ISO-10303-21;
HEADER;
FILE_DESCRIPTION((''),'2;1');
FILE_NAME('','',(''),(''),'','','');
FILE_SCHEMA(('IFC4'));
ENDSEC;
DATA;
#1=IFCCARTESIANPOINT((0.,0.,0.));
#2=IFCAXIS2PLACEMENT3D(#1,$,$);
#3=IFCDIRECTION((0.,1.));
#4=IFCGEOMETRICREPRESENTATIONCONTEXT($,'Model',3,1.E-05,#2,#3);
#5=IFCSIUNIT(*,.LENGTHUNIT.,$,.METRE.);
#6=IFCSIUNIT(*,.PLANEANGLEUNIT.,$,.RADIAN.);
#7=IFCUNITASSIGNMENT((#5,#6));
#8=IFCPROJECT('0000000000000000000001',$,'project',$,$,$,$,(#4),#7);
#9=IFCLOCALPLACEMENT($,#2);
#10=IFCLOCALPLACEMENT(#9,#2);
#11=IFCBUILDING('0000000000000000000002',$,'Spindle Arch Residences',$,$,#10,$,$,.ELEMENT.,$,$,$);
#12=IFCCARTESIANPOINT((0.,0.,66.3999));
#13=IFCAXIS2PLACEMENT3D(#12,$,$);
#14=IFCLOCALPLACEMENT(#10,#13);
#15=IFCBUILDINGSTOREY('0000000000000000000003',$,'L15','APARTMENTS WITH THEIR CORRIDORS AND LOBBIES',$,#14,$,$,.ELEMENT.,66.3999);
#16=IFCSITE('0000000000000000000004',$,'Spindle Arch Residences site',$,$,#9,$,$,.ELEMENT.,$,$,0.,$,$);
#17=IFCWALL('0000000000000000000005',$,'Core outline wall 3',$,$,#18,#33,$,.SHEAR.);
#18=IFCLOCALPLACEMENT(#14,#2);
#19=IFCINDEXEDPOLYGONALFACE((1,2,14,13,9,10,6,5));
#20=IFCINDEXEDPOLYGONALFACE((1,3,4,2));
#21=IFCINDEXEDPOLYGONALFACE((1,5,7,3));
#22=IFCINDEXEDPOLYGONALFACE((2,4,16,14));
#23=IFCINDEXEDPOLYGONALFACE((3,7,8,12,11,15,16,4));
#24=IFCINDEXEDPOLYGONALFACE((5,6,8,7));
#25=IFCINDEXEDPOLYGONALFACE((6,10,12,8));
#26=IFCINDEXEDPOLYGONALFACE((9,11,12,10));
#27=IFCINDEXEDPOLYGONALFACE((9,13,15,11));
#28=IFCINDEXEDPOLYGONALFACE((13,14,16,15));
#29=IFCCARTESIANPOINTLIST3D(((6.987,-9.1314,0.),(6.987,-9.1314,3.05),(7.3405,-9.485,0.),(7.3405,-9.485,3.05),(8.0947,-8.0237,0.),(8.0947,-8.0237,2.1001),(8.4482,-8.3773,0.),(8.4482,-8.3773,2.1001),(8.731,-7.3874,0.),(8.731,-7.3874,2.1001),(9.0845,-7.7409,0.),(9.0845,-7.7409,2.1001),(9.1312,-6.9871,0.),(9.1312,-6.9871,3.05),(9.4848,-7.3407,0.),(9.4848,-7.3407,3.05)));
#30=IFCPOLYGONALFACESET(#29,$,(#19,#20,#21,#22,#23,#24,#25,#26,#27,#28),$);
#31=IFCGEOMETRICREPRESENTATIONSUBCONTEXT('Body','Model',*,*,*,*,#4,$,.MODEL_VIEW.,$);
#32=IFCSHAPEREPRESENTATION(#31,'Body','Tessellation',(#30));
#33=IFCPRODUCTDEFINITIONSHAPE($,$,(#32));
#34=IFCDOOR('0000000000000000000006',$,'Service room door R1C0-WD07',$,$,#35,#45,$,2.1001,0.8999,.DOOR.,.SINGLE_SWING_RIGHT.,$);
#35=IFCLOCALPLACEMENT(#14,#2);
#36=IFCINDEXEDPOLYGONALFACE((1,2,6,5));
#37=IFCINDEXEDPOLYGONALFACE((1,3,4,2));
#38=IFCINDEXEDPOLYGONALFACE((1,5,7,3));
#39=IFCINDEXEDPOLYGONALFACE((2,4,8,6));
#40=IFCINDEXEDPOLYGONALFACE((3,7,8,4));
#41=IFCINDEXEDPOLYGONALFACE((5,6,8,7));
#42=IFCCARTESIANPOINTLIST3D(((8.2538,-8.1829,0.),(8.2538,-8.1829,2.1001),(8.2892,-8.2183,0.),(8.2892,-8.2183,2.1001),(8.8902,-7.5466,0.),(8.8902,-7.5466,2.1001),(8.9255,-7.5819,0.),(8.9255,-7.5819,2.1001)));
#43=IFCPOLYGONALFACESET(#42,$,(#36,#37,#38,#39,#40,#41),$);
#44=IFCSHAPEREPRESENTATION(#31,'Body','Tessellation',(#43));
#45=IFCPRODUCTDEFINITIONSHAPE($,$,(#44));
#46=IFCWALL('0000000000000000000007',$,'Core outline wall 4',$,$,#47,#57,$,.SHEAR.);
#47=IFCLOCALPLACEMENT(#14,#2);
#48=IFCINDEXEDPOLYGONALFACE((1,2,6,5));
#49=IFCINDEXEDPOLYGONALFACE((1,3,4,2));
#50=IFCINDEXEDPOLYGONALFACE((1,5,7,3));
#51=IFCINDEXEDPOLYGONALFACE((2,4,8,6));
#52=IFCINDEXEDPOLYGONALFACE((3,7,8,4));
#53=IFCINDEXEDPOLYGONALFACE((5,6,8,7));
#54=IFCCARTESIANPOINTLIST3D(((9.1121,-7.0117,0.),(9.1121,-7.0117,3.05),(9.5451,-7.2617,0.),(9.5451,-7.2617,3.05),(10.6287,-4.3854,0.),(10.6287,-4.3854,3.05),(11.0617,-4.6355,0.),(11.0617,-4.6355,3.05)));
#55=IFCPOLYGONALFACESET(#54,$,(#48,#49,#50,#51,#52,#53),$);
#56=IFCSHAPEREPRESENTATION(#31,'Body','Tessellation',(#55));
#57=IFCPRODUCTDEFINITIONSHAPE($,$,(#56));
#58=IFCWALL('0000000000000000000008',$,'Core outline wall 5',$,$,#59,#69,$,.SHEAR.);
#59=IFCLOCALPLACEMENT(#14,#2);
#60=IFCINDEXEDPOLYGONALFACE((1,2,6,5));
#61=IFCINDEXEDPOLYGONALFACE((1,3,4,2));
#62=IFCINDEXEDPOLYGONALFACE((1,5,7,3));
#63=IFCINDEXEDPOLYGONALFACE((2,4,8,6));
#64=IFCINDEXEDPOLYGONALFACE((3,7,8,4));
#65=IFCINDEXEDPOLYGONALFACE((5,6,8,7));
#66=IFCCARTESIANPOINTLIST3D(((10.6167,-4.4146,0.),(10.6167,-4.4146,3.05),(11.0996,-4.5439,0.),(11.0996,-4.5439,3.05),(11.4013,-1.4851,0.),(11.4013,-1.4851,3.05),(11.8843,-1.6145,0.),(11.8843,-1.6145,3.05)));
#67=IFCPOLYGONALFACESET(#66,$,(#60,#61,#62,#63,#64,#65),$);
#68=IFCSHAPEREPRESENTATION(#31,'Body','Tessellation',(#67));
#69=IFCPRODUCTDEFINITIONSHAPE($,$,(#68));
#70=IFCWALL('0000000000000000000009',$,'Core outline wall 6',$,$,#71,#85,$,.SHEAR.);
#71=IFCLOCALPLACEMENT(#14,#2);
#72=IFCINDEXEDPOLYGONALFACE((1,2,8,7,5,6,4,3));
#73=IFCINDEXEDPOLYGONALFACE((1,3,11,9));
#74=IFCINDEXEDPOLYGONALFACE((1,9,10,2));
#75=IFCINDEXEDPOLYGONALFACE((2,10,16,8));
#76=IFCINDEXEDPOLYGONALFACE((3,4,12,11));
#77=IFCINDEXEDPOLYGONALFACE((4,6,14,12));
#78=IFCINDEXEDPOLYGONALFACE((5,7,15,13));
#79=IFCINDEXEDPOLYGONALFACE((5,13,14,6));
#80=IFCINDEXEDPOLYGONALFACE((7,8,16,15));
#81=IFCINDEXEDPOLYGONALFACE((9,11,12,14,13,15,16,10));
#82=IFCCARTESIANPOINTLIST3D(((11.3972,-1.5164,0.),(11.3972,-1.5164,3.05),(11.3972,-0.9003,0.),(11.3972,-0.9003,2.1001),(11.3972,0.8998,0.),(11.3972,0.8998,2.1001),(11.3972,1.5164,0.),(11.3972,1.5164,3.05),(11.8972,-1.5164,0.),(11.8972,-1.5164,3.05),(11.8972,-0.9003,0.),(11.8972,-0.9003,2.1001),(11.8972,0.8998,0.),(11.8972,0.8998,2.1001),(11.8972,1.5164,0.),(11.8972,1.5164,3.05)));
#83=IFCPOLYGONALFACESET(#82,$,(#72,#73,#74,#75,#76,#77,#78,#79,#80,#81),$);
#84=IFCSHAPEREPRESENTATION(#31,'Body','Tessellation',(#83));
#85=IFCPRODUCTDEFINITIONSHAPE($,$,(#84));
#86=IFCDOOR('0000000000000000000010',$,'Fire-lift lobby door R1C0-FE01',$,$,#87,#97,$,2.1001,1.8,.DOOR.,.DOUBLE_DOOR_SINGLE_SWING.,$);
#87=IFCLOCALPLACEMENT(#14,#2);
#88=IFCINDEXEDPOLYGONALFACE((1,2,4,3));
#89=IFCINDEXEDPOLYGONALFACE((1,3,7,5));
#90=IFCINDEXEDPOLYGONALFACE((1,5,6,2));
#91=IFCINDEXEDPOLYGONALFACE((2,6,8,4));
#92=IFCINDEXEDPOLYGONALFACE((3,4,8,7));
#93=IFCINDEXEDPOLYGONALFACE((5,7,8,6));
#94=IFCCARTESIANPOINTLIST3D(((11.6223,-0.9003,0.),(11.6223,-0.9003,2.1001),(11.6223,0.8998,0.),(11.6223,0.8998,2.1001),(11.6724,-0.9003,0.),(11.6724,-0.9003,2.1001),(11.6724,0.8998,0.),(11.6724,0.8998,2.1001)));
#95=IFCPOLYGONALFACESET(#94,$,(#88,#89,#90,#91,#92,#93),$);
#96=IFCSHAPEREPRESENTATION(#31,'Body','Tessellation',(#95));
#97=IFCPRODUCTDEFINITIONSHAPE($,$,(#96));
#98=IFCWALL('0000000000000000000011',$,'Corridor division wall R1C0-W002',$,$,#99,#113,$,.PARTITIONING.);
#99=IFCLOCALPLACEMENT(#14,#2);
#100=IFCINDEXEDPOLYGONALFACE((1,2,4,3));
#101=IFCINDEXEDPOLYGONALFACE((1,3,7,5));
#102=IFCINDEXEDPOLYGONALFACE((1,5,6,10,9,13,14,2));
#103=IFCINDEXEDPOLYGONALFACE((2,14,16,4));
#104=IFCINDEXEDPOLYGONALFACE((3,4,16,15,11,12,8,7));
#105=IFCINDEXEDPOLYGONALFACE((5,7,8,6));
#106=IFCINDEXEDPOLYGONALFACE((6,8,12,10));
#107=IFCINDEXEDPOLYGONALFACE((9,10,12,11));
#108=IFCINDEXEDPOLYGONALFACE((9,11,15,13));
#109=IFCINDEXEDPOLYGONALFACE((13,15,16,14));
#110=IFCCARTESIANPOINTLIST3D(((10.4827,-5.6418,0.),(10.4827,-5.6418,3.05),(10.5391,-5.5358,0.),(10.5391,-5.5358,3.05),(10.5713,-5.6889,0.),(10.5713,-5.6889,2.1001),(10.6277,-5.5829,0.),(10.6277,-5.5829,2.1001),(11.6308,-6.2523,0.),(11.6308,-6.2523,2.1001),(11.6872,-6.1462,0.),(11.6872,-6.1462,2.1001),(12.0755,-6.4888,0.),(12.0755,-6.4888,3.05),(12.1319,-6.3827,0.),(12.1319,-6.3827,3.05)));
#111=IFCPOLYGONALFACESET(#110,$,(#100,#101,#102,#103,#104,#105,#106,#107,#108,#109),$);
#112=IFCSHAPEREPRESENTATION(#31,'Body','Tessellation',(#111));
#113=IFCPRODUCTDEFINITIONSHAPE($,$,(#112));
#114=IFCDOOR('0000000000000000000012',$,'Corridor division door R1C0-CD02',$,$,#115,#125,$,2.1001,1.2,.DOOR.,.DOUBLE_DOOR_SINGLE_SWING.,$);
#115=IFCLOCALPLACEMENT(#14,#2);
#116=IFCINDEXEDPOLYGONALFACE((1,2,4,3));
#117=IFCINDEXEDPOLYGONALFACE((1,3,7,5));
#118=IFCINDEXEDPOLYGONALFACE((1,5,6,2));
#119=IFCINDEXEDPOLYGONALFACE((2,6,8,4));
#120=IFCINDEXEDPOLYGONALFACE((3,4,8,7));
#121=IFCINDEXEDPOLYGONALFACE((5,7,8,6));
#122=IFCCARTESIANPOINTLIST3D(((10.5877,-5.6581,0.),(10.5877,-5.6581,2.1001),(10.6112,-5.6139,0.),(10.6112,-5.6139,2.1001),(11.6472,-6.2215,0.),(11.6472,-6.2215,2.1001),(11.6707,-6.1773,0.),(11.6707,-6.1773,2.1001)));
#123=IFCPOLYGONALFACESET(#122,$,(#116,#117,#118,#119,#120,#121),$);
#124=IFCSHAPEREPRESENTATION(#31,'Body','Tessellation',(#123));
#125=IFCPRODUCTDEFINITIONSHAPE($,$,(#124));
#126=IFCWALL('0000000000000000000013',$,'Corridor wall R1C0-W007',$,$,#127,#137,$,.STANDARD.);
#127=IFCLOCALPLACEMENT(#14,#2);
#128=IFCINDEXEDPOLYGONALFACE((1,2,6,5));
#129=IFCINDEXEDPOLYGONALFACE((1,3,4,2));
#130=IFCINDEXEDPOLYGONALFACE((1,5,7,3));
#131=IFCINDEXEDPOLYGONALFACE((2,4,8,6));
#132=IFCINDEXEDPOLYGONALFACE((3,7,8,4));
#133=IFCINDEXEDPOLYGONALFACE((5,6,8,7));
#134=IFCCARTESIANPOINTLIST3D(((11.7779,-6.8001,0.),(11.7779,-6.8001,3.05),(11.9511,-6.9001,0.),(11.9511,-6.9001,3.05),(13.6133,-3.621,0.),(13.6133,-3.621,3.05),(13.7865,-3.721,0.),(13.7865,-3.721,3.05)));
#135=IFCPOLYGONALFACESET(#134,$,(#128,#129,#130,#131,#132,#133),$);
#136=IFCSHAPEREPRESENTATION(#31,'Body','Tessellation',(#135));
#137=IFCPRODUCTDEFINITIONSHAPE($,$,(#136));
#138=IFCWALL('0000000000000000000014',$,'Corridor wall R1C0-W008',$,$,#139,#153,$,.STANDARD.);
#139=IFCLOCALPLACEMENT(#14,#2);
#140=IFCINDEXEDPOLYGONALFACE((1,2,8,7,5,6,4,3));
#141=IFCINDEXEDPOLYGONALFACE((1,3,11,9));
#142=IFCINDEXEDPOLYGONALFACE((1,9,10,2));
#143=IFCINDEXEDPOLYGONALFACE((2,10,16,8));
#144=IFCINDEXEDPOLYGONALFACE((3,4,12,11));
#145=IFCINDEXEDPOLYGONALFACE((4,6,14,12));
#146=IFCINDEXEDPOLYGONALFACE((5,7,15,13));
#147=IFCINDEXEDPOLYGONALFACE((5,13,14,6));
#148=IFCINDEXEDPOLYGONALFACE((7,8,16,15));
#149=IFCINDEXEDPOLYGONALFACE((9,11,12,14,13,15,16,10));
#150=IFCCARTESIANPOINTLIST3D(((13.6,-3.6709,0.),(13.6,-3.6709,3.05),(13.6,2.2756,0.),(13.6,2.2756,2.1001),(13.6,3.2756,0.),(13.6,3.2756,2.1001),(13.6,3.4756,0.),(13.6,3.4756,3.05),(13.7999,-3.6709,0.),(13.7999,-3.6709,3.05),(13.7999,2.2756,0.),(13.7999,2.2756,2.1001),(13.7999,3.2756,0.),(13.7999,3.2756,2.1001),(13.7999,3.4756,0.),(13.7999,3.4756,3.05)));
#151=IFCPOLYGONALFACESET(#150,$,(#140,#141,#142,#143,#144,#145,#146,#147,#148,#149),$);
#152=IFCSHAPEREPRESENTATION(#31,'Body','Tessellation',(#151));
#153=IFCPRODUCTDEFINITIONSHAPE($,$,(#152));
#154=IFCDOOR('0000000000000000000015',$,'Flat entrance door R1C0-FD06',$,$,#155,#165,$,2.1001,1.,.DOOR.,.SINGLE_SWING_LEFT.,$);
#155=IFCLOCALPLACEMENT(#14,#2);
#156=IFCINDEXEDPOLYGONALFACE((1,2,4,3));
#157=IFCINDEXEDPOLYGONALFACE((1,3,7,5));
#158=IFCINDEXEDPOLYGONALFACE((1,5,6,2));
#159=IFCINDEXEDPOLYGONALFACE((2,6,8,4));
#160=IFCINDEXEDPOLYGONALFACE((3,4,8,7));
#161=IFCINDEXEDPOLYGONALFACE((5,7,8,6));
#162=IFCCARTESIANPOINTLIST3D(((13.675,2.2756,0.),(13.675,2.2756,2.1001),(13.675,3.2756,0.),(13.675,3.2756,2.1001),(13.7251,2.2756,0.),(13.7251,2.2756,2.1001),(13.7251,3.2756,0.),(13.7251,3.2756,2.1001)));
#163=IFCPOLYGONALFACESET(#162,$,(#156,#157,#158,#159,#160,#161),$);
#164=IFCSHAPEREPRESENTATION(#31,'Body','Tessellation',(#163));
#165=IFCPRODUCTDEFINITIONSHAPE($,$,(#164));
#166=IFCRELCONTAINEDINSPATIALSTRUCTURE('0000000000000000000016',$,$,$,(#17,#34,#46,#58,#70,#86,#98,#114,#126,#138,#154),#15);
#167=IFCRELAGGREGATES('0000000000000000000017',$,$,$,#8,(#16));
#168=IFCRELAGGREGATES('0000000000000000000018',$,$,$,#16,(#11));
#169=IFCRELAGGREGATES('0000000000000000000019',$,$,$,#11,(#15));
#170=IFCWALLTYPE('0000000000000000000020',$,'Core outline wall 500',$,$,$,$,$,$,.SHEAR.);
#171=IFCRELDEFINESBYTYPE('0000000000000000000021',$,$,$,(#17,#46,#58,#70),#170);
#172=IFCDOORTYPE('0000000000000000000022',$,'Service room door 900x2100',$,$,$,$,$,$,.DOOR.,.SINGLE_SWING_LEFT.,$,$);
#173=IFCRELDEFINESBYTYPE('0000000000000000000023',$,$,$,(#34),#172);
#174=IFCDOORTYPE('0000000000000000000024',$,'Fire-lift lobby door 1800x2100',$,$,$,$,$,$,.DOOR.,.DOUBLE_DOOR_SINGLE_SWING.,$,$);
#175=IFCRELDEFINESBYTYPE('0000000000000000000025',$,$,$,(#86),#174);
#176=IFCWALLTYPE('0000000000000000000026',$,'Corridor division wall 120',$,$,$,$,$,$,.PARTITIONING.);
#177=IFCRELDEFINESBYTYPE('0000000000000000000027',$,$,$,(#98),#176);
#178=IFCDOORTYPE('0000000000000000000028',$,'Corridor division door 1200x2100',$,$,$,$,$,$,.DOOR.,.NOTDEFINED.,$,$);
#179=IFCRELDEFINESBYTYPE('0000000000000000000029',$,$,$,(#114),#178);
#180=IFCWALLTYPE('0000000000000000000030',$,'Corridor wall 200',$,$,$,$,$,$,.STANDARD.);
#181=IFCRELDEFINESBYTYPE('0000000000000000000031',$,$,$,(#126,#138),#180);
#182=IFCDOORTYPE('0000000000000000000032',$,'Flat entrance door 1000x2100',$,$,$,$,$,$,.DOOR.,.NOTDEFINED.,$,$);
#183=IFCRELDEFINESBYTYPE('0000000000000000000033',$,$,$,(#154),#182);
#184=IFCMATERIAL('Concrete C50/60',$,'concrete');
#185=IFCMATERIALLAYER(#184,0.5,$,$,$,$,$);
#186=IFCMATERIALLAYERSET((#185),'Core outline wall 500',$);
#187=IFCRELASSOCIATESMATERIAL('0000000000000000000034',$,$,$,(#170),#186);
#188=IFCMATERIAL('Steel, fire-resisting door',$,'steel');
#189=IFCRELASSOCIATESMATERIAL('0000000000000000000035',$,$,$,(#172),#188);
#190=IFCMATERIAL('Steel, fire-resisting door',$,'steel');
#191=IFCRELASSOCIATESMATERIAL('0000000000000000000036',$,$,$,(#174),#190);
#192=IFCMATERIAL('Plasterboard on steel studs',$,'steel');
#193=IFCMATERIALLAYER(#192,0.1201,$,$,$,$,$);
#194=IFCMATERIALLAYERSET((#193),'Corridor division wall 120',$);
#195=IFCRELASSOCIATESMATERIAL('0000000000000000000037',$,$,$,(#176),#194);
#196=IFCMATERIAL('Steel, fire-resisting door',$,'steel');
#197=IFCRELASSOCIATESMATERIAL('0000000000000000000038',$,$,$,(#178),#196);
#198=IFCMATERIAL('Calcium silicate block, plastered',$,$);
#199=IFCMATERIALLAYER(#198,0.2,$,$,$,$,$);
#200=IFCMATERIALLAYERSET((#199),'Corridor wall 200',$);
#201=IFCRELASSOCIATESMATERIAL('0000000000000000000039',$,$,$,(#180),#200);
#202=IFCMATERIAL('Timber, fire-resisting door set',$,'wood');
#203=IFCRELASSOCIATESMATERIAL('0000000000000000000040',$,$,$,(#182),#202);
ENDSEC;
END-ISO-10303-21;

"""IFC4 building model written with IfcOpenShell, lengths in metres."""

from ifc_helpers import new_model, si_unit, direction, frame, frame_2d, origin, place, context, subcontext, project, spatial, rectangle, extrude, material, layer, layer_set, type_object, element, fill, save


model = new_model("IFC4")

# Units and contexts
model_context = context("Model", 3, precision=1e-05, world=origin(), true_north=direction((0.0, 1.0)))
body_context = subcontext(model_context, "Body", "Model", "MODEL_VIEW")
ifc_project = project(units=[si_unit("LENGTHUNIT", "METRE"), si_unit("PLANEANGLEUNIT", "RADIAN")], contexts=[model_context])

# Site, building, storey
site_placement = place(None, origin())
site = spatial("IfcSite", under=ifc_project, at=site_placement, Name="Spindle Arch Residences site", CompositionType="ELEMENT", RefElevation=0.0)
building_placement = place(site_placement, origin())
building = spatial("IfcBuilding", under=site, at=building_placement, Name="Spindle Arch Residences", CompositionType="ELEMENT")
storey_placement = place(building_placement, frame((0.0, 0.0, 66.3999)))
storey = spatial("IfcBuildingStorey", under=building, at=storey_placement, Name="L15", Description="APARTMENTS WITH THEIR CORRIDORS AND LOBBIES", CompositionType="ELEMENT", Elevation=66.3999)

# Wall, opening, door
ifc_material_1 = material(Name="Concrete C50/60", Category="concrete")
ifc_layer_1 = layer(ifc_material_1, 0.5)
ifc_layer_set_1 = layer_set([ifc_layer_1], Name="Core outline wall 500")
wall_type_1 = type_object("IfcWallType", Name="Core outline wall 500", PredefinedType="SHEAR", material=ifc_layer_set_1)
wall_1_placement = place(storey_placement, frame((7.1638, -9.3081, 0.0), z_axis=(0.0, 0.0, 1.0), x_axis=(0.707107, 0.707107, 0.0)))
wall_1 = element("IfcWall", 1, at=wall_1_placement, inside=storey, type_object=wall_type_1, Name="Core outline wall 3", PredefinedType="SHEAR", context=body_context, shape_type="SweptSolid", body=[
    extrude(rectangle(XDim=3.0325, YDim=0.5, at=frame_2d((1.5161, 0.0))), origin(), (0.0, 0.0, 1.0), 3.05),
])
opening_1_placement = place(wall_1_placement, frame((1.5664, 0.0, 0.0)))
opening_1 = element("IfcOpeningElement", 2, at=opening_1_placement, cuts=wall_1, PredefinedType="OPENING", context=body_context, shape_type="SweptSolid", body=[
    extrude(rectangle(XDim=0.8999, YDim=2.1001, at=frame_2d((0.45, 1.05))), frame((0.0, 0.26, 0.0), z_axis=(0.0, -1.0, 0.0), x_axis=(1.0, 0.0, 0.0)), (0.0, 0.0, 1.0), 0.52),
])
ifc_material_2 = material(Name="Steel, fire-resisting door", Category="steel")
door_type_1 = type_object("IfcDoorType", Name="Service room door 900x2100", OperationType="SINGLE_SWING_LEFT", PredefinedType="DOOR", material=ifc_material_2)
door_1_placement = place(opening_1_placement, origin())
door_1 = element("IfcDoor", 3, at=door_1_placement, inside=storey, type_object=door_type_1, Name="Service room door R1C0-WD07", OperationType="SINGLE_SWING_RIGHT", OverallHeight=2.1001, OverallWidth=0.8999, PredefinedType="DOOR", context=body_context, shape_type="SweptSolid", body=[
    extrude(rectangle(XDim=0.8999, YDim=2.1001, at=frame_2d((0.45, 1.05))), frame((0.0, 0.0249, 0.0), z_axis=(0.0, -1.0, 0.0), x_axis=(1.0, 0.0, 0.0)), (0.0, 0.0, 1.0), 0.05),
])
fill(opening_1, door_1)

# Walls
for number, where, z_axis, x_axis, name in (
    (4, (9.3286, -7.1367, 0.0), (0.0, 0.0, 1.0), (0.500087, 0.865975, 0.0), "Core outline wall 4"),
    (5, (10.8582, -4.4792, 0.0), (0.0, 0.0, 1.0), (0.258735, 0.965948, 0.0), "Core outline wall 5"),
):
    element("IfcWall", number, at=place(storey_placement, frame(where, z_axis=z_axis, x_axis=x_axis)), inside=storey, type_object=wall_type_1, Name=name, PredefinedType="SHEAR", context=body_context, shape_type="SweptSolid", body=[
        extrude(rectangle(XDim=3.0327, YDim=0.5, at=frame_2d((1.5164, 0.0))), origin(), (0.0, 0.0, 1.0), 3.05),
    ])

# Walls, openings, doors
wall_2_placement = place(storey_placement, frame((11.6472, -1.5164, 0.0), z_axis=(0.0, 0.0, 1.0), x_axis=(0.0, 1.0, 0.0)))
wall_2 = element("IfcWall", 6, at=wall_2_placement, inside=storey, type_object=wall_type_1, Name="Core outline wall 6", PredefinedType="SHEAR", context=body_context, shape_type="SweptSolid", body=[
    extrude(rectangle(XDim=3.0327, YDim=0.5, at=frame_2d((1.5164, 0.0))), origin(), (0.0, 0.0, 1.0), 3.05),
])
opening_2_placement = place(wall_2_placement, frame((0.6162, 0.0, 0.0)))
opening_2 = element("IfcOpeningElement", 7, at=opening_2_placement, cuts=wall_2, PredefinedType="OPENING", context=body_context, shape_type="SweptSolid", body=[
    extrude(rectangle(XDim=1.8, YDim=2.1001, at=frame_2d((0.8999, 1.05))), frame((0.0, 0.26, 0.0), z_axis=(0.0, -1.0, 0.0), x_axis=(1.0, 0.0, 0.0)), (0.0, 0.0, 1.0), 0.52),
])
ifc_material_3 = material(Name="Steel, fire-resisting door", Category="steel")
door_type_2 = type_object("IfcDoorType", Name="Fire-lift lobby door 1800x2100", OperationType="DOUBLE_DOOR_SINGLE_SWING", PredefinedType="DOOR", material=ifc_material_3)
door_2_placement = place(opening_2_placement, origin())
door_2 = element("IfcDoor", 8, at=door_2_placement, inside=storey, type_object=door_type_2, Name="Fire-lift lobby door R1C0-FE01", OperationType="DOUBLE_DOOR_SINGLE_SWING", OverallHeight=2.1001, OverallWidth=1.8, PredefinedType="DOOR", context=body_context, shape_type="SweptSolid", body=[
    extrude(rectangle(XDim=1.8, YDim=2.1001, at=frame_2d((0.8999, 1.05))), frame((0.0, 0.0249, 0.0), z_axis=(0.0, -1.0, 0.0), x_axis=(1.0, 0.0, 0.0)), (0.0, 0.0, 1.0), 0.05),
])
fill(opening_2, door_2)
ifc_material_4 = material(Name="Plasterboard on steel studs", Category="steel")
ifc_layer_2 = layer(ifc_material_4, 0.1201)
ifc_layer_set_2 = layer_set([ifc_layer_2], Name="Corridor division wall 120")
wall_type_2 = type_object("IfcWallType", Name="Corridor division wall 120", PredefinedType="PARTITIONING", material=ifc_layer_set_2)
wall_3_placement = place(storey_placement, frame((10.511, -5.5889, 0.0), z_axis=(0.0, 0.0, 1.0), x_axis=(0.88294, -0.469485, 0.0)))
wall_3 = element("IfcWall", 9, at=wall_3_placement, inside=storey, type_object=wall_type_2, Name="Corridor division wall R1C0-W002", PredefinedType="PARTITIONING", context=body_context, shape_type="SweptSolid", body=[
    extrude(rectangle(XDim=1.804, YDim=0.1201, at=frame_2d((0.9019, 0.0))), origin(), (0.0, 0.0, 1.0), 3.05),
])
opening_3_placement = place(wall_3_placement, frame((0.1001, 0.0, 0.0)))
opening_3 = element("IfcOpeningElement", 10, at=opening_3_placement, cuts=wall_3, PredefinedType="OPENING", context=body_context, shape_type="SweptSolid", body=[
    extrude(rectangle(XDim=1.2, YDim=2.1001, at=frame_2d((0.6001, 1.05))), frame((0.0, 0.0701, 0.0), z_axis=(0.0, -1.0, 0.0), x_axis=(1.0, 0.0, 0.0)), (0.0, 0.0, 1.0), 0.1401),
])
ifc_material_5 = material(Name="Steel, fire-resisting door", Category="steel")
door_type_3 = type_object("IfcDoorType", Name="Corridor division door 1200x2100", OperationType="NOTDEFINED", PredefinedType="DOOR", material=ifc_material_5)
door_3_placement = place(opening_3_placement, origin())
door_3 = element("IfcDoor", 11, at=door_3_placement, inside=storey, type_object=door_type_3, Name="Corridor division door R1C0-CD02", OperationType="DOUBLE_DOOR_SINGLE_SWING", OverallHeight=2.1001, OverallWidth=1.2, PredefinedType="DOOR", context=body_context, shape_type="SweptSolid", body=[
    extrude(rectangle(XDim=1.2, YDim=2.1001, at=frame_2d((0.6001, 1.05))), frame((0.0, 0.0249, 0.0), z_axis=(0.0, -1.0, 0.0), x_axis=(1.0, 0.0, 0.0)), (0.0, 0.0, 1.0), 0.05),
])
fill(opening_3, door_3)

# Wall
ifc_material_6 = material(Name="Calcium silicate block, plastered")
ifc_layer_3 = layer(ifc_material_6, 0.2)
ifc_layer_set_3 = layer_set([ifc_layer_3], Name="Corridor wall 200")
wall_type_3 = type_object("IfcWallType", Name="Corridor wall 200", PredefinedType="STANDARD", material=ifc_layer_set_3)
wall_4_placement = place(storey_placement, frame((11.8645, -6.8501, 0.0), z_axis=(0.0, 0.0, 1.0), x_axis=(0.499987, 0.866033, 0.0)))
element("IfcWall", 12, at=wall_4_placement, inside=storey, type_object=wall_type_3, Name="Corridor wall R1C0-W007", PredefinedType="STANDARD", context=body_context, shape_type="SweptSolid", body=[
    extrude(rectangle(XDim=3.6709, YDim=0.2, at=frame_2d((1.8354, 0.0))), origin(), (0.0, 0.0, 1.0), 3.05),
])

# Wall, opening, door
wall_5_placement = place(storey_placement, frame((13.7, -3.6709, 0.0), z_axis=(0.0, 0.0, 1.0), x_axis=(0.0, 1.0, 0.0)))
wall_5 = element("IfcWall", 13, at=wall_5_placement, inside=storey, type_object=wall_type_3, Name="Corridor wall R1C0-W008", PredefinedType="STANDARD", context=body_context, shape_type="SweptSolid", body=[
    extrude(rectangle(XDim=7.1465, YDim=0.2, at=frame_2d((3.5732, 0.0))), origin(), (0.0, 0.0, 1.0), 3.05),
])
opening_4_placement = place(wall_5_placement, frame((5.9465, 0.0, 0.0)))
opening_4 = element("IfcOpeningElement", 14, at=opening_4_placement, cuts=wall_5, PredefinedType="OPENING", context=body_context, shape_type="SweptSolid", body=[
    extrude(rectangle(XDim=1.0, YDim=2.1001, at=frame_2d((0.5, 1.05))), frame((0.0, 0.1099, 0.0), z_axis=(0.0, -1.0, 0.0), x_axis=(1.0, 0.0, 0.0)), (0.0, 0.0, 1.0), 0.22),
])
ifc_material_7 = material(Name="Timber, fire-resisting door set", Category="wood")
door_type_4 = type_object("IfcDoorType", Name="Flat entrance door 1000x2100", OperationType="NOTDEFINED", PredefinedType="DOOR", material=ifc_material_7)
door_4_placement = place(opening_4_placement, origin())
door_4 = element("IfcDoor", 15, at=door_4_placement, inside=storey, type_object=door_type_4, Name="Flat entrance door R1C0-FD06", OperationType="SINGLE_SWING_LEFT", OverallHeight=2.1001, OverallWidth=1.0, PredefinedType="DOOR", context=body_context, shape_type="SweptSolid", body=[
    extrude(rectangle(XDim=1.0, YDim=2.1001, at=frame_2d((0.5, 1.05))), frame((0.0, 0.0249, 0.0), z_axis=(0.0, -1.0, 0.0), x_axis=(1.0, 0.0, 0.0)), (0.0, 0.0, 1.0), 0.05),
])
fill(opening_4, door_4)

save(model, "model.ifc")
